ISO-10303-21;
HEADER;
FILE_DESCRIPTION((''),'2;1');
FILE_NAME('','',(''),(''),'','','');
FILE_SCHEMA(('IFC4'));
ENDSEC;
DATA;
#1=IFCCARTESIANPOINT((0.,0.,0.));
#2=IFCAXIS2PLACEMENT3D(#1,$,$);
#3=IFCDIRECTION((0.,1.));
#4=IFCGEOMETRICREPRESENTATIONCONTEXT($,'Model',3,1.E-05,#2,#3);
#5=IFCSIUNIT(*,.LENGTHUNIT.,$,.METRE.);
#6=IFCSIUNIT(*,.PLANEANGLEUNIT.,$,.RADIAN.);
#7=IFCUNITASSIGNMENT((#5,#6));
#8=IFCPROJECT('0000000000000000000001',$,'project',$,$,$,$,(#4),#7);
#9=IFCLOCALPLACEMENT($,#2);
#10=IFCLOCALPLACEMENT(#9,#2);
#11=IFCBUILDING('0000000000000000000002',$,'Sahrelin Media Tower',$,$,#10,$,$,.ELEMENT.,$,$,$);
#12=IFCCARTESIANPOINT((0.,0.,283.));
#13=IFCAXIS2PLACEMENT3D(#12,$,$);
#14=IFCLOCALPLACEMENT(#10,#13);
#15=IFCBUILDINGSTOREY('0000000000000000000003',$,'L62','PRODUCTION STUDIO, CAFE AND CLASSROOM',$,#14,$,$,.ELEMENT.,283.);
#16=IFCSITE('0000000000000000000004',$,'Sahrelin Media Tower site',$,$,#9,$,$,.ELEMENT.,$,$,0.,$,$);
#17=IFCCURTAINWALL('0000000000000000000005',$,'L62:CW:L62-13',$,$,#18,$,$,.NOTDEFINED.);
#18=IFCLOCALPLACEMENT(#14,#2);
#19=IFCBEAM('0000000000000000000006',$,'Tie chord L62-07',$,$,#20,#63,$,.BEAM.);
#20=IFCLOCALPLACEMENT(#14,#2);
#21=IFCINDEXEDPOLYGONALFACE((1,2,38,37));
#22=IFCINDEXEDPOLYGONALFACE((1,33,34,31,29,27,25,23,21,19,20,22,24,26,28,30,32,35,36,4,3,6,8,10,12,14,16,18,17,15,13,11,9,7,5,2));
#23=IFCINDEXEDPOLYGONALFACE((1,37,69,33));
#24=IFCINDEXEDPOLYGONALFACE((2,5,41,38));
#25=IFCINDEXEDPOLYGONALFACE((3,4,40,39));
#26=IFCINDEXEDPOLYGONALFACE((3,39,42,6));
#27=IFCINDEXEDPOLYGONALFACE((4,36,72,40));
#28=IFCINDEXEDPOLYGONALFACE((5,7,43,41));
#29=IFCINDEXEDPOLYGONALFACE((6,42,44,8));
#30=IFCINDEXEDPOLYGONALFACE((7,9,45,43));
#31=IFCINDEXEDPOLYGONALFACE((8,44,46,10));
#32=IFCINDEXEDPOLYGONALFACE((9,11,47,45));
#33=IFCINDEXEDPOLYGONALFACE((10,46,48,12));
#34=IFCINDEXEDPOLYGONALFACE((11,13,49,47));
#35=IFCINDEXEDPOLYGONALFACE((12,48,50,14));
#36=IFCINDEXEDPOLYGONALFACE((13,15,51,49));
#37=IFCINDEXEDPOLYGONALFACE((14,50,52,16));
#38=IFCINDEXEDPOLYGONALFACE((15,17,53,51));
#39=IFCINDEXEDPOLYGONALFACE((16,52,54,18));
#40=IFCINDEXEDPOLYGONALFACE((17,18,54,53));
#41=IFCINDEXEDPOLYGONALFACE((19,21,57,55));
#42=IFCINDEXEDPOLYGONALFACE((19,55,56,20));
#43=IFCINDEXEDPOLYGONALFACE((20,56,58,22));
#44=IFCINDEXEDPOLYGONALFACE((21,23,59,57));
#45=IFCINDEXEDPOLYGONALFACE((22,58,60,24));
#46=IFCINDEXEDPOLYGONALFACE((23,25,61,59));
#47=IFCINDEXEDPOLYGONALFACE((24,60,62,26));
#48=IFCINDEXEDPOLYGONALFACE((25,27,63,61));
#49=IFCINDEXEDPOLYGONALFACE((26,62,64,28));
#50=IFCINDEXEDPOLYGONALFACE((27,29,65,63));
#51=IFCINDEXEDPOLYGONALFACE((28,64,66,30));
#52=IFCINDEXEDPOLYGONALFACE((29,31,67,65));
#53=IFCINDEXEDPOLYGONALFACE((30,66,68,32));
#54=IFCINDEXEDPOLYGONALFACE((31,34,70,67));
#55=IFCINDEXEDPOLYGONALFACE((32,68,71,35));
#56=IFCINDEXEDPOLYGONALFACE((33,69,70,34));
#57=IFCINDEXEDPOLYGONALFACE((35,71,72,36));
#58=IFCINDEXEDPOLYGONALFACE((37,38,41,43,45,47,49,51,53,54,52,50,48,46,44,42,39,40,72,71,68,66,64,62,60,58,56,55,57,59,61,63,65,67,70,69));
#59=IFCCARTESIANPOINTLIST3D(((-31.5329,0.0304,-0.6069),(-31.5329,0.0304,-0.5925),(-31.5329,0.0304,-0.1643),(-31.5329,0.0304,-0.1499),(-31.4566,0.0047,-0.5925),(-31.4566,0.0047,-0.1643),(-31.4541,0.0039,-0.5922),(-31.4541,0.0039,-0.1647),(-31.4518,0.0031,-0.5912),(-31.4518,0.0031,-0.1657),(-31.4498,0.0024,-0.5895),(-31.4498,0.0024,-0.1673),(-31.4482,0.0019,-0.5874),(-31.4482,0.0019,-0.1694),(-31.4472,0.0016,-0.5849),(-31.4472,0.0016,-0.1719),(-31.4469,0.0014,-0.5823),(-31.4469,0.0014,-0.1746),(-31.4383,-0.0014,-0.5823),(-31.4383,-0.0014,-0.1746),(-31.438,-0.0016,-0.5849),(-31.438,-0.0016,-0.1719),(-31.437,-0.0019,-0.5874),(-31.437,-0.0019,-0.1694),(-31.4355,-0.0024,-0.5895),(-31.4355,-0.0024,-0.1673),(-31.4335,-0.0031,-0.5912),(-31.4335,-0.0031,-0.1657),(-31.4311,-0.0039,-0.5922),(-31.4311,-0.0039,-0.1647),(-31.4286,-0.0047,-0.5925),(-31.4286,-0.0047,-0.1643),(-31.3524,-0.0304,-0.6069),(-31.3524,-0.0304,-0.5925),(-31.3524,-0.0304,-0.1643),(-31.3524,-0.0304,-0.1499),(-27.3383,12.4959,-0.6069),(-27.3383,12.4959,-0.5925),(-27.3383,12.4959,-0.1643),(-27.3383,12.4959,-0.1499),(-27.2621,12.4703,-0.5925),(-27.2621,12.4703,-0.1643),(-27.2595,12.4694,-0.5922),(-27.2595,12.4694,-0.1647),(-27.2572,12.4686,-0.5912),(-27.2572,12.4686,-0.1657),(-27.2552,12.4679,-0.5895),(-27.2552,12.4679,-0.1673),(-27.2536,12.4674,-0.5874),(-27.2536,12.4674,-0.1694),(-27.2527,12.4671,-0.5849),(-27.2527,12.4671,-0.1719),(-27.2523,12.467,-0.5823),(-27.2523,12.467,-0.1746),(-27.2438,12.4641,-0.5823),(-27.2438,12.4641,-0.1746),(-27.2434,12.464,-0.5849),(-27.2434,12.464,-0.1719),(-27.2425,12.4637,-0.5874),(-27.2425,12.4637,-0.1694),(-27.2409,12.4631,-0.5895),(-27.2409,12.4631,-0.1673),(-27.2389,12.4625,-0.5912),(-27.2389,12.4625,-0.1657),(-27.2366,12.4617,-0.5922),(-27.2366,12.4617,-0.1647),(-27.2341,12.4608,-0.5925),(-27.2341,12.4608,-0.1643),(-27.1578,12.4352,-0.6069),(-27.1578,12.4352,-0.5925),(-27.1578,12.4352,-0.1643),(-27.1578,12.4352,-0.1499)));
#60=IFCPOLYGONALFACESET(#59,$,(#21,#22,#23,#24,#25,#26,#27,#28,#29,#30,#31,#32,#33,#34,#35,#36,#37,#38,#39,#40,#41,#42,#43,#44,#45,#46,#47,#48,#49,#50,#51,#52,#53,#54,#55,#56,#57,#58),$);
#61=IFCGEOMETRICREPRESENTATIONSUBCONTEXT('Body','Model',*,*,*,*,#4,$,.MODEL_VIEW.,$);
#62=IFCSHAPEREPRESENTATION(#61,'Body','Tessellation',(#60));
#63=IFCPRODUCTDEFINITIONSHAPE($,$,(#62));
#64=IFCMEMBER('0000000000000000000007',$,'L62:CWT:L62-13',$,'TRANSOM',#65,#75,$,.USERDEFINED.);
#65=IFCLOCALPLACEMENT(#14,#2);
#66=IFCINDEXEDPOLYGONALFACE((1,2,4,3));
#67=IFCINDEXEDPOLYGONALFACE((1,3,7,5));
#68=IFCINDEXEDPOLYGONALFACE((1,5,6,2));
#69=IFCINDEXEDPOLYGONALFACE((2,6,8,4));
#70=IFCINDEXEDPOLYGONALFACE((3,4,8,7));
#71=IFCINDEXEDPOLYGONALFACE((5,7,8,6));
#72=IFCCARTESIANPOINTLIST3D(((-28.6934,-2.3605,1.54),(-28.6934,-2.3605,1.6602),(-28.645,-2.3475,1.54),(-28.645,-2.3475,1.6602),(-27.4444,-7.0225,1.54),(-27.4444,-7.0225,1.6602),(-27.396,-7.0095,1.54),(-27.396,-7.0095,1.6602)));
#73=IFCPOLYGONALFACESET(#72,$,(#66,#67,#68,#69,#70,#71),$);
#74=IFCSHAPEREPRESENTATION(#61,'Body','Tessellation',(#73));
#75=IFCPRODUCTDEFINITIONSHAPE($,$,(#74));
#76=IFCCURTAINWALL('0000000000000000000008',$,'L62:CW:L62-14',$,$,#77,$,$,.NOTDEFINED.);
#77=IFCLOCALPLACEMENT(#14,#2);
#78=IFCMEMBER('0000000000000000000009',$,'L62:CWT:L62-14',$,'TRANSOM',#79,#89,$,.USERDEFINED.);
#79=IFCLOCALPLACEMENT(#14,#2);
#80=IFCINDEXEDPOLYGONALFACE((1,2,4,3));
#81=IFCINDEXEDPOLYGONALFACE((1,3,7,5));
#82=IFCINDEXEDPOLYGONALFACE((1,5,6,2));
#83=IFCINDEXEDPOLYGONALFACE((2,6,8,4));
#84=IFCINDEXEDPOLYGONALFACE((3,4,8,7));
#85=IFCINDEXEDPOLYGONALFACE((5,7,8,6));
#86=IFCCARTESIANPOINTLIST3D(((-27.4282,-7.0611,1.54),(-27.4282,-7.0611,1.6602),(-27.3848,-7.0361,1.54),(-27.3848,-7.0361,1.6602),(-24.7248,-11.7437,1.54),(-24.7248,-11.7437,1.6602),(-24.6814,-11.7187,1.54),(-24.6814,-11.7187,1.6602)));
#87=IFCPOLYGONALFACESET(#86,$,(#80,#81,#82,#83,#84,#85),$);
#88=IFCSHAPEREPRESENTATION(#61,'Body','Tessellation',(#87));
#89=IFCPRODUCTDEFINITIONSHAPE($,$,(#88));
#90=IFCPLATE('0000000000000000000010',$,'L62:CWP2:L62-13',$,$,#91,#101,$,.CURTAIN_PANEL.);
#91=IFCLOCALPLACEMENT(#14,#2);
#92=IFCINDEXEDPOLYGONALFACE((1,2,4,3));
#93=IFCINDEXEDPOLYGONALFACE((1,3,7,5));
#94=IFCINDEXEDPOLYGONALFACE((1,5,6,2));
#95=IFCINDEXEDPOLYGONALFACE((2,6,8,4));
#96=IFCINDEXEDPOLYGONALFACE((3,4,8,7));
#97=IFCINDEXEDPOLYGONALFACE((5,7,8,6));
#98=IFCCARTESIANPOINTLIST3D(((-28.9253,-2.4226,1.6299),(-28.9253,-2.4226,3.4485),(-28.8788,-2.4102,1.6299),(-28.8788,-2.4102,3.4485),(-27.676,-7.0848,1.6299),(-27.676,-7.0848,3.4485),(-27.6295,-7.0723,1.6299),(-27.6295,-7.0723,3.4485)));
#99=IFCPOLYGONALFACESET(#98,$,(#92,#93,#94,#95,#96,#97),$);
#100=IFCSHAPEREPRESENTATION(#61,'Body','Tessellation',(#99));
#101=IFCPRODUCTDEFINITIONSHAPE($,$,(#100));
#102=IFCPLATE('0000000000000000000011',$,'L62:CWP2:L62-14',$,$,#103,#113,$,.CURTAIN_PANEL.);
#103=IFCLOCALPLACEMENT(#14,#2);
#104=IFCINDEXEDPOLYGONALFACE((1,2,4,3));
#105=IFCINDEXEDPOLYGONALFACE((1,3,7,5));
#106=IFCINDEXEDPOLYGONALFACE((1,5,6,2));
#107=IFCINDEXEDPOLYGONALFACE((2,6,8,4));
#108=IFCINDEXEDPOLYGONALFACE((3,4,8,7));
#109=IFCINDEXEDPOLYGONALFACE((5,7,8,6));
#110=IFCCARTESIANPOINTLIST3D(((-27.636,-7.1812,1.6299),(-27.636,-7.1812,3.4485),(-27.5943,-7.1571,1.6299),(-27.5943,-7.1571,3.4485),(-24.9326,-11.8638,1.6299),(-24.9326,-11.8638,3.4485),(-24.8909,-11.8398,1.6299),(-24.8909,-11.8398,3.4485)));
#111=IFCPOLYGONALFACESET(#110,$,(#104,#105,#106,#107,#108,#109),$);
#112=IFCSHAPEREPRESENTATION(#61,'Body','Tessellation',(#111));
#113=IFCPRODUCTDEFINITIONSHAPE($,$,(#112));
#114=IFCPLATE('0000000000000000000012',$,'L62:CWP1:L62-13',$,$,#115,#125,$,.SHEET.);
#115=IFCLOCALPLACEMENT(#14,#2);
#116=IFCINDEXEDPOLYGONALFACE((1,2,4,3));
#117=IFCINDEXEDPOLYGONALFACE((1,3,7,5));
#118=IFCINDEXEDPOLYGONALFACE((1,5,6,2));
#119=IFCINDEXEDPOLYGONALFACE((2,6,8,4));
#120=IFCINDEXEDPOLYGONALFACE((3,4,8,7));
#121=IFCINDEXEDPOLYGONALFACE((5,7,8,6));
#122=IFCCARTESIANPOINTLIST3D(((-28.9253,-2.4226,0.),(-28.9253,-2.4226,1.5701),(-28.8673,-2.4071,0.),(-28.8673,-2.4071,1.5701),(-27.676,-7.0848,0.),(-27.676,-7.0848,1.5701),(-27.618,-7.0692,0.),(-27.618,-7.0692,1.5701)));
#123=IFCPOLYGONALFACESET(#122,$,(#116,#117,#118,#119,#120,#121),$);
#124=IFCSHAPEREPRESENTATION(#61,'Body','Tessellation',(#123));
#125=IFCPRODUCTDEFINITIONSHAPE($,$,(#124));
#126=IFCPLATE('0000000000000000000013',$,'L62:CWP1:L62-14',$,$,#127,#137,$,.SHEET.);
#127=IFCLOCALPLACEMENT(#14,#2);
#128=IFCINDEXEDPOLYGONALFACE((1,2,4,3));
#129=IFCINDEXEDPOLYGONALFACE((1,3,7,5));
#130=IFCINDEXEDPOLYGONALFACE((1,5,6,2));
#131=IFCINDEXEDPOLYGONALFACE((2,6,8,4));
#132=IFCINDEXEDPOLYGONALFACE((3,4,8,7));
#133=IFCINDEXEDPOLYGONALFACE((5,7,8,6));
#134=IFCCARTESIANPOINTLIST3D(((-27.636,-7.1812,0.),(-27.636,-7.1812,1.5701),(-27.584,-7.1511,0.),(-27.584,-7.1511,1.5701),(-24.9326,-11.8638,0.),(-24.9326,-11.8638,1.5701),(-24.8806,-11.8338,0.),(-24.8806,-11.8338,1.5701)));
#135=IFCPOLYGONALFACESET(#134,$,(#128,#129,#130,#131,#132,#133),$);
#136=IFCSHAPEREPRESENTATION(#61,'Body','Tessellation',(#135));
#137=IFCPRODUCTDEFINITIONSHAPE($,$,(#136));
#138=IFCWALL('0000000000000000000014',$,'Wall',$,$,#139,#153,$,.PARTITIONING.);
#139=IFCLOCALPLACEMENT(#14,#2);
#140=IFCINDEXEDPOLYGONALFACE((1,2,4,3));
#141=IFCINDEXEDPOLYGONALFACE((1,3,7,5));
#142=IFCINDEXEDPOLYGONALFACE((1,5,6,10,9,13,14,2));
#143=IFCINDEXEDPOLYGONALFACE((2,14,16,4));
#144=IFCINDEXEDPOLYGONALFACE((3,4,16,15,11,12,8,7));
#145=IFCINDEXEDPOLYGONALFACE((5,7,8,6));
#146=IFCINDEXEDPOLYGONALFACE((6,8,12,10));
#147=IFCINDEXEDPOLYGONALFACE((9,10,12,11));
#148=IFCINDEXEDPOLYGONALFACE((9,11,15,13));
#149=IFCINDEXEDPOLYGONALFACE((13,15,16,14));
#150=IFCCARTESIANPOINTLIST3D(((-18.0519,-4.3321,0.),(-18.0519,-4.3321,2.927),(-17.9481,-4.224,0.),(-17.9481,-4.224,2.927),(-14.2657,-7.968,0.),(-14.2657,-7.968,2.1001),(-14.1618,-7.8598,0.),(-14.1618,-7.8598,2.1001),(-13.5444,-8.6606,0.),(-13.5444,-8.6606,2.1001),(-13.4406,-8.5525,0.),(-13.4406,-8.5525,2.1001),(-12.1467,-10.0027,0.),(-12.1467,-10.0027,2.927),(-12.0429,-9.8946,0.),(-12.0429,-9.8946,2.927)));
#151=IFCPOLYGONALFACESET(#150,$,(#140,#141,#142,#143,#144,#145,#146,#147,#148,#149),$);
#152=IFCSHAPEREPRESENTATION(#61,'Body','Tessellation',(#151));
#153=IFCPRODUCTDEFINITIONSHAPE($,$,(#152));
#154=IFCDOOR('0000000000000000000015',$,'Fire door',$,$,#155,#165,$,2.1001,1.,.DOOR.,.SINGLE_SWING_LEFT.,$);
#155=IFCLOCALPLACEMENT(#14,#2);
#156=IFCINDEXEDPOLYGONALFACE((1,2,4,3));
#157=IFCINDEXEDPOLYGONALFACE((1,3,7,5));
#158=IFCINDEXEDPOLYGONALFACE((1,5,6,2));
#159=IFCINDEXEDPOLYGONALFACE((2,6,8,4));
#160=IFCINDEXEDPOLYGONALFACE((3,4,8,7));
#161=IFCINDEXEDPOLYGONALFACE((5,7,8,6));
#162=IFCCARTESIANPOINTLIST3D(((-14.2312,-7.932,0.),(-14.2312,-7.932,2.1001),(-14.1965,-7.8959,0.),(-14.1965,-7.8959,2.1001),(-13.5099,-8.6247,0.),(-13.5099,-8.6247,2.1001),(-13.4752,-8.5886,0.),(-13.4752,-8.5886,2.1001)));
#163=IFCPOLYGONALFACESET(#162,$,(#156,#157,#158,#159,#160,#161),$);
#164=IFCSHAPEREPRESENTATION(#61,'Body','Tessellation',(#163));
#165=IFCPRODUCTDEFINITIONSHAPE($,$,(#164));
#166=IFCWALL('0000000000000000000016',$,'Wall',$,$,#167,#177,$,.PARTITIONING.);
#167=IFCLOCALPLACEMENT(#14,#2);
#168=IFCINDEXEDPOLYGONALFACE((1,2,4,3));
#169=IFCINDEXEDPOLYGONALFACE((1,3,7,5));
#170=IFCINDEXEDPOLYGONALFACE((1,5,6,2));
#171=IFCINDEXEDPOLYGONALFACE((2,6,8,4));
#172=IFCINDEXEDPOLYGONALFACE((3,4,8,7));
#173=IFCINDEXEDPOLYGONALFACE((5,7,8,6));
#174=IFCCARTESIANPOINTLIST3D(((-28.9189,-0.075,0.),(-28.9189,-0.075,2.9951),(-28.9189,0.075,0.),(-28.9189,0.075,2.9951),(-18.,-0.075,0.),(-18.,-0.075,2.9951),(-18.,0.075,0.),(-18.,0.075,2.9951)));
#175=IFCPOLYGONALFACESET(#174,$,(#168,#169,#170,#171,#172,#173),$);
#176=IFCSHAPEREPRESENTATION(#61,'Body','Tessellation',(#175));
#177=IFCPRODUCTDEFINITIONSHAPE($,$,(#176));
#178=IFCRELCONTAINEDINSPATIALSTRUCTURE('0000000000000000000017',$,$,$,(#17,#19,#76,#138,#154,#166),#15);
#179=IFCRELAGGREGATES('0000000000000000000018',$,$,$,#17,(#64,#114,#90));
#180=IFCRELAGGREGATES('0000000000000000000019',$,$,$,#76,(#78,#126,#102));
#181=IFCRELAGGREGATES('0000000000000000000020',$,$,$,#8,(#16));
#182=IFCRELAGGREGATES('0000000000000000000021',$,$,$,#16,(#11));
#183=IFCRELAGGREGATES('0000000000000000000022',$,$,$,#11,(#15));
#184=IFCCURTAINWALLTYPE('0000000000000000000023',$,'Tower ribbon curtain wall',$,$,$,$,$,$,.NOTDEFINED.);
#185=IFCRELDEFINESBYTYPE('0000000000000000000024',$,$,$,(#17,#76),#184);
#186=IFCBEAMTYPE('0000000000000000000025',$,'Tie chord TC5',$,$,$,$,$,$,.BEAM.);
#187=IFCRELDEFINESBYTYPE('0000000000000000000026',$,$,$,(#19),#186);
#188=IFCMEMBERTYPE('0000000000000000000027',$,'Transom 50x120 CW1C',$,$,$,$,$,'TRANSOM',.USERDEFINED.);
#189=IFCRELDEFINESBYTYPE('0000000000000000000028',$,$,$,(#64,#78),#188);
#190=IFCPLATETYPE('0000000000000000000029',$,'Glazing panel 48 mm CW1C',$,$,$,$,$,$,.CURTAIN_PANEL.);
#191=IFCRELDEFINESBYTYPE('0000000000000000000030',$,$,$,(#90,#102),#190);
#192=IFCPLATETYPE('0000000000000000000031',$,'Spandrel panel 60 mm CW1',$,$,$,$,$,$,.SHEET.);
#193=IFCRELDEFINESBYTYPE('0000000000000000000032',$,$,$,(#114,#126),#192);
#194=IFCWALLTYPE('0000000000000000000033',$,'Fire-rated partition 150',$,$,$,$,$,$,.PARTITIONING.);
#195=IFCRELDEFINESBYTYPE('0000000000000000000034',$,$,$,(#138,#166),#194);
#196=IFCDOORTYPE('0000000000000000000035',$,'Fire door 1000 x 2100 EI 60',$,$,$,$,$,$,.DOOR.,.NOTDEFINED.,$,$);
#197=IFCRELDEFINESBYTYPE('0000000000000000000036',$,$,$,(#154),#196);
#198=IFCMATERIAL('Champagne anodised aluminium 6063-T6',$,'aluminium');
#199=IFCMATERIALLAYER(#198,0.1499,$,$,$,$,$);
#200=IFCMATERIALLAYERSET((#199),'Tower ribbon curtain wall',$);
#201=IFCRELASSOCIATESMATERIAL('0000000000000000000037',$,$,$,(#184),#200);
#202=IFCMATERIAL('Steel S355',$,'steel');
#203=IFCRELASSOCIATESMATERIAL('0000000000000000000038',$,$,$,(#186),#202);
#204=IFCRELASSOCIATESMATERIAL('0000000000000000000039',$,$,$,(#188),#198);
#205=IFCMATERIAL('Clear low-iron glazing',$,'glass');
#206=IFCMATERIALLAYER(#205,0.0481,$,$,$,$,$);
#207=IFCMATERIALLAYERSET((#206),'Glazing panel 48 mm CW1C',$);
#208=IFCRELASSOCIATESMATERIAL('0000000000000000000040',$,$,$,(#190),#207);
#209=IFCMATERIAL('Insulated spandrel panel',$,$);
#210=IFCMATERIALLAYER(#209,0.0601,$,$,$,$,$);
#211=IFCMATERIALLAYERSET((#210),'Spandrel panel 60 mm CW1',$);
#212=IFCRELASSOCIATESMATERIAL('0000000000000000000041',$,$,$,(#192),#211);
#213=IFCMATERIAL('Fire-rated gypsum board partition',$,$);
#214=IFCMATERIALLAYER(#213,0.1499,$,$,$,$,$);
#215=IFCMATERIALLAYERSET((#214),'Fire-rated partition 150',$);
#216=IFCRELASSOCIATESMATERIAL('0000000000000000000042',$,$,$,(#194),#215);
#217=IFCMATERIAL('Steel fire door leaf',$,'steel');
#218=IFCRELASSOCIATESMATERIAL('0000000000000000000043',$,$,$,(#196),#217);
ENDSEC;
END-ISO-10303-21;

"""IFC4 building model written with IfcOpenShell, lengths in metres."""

from ifc_helpers import new_model, si_unit, direction, frame, frame_2d, origin, origin_2d, place, context, subcontext, project, spatial, polyline, rectangle, i_section, outline, extrude, material, layer, layer_set, material_profile, profile_set, type_object, element, fill, aggregate, save


model = new_model("IFC4")

# Units and contexts
model_context = context("Model", 3, precision=1e-05, world=origin(), true_north=direction((0.0, 1.0)))
body_context = subcontext(model_context, "Body", "Model", "MODEL_VIEW")
ifc_project = project(units=[si_unit("LENGTHUNIT", "METRE"), si_unit("PLANEANGLEUNIT", "RADIAN")], contexts=[model_context])

# Site, building, storey
site_placement = place(None, origin())
site = spatial("IfcSite", under=ifc_project, at=site_placement, Name="Sahrelin Media Tower site", CompositionType="ELEMENT", RefElevation=0.0)
building_placement = place(site_placement, origin())
building = spatial("IfcBuilding", under=site, at=building_placement, Name="Sahrelin Media Tower", CompositionType="ELEMENT")
storey_placement = place(building_placement, frame((0.0, 0.0, 283.0)))
storey = spatial("IfcBuildingStorey", under=building, at=storey_placement, Name="L62", Description="PRODUCTION STUDIO, CAFE AND CLASSROOM", CompositionType="ELEMENT", Elevation=283.0)

# Shared definitions
ifc_material_1 = material(Name="Steel S355", Category="steel")

# Curtain wall
ifc_material_2 = material(Name="Champagne anodised aluminium 6063-T6", Category="aluminium")
ifc_layer_1 = layer(ifc_material_2, 0.1499)
ifc_layer_set_1 = layer_set([ifc_layer_1], Name="Tower ribbon curtain wall")
curtain_wall_type = type_object("IfcCurtainWallType", Name="Tower ribbon curtain wall", PredefinedType="NOTDEFINED", material=ifc_layer_set_1)
curtain_wall_1_placement = place(storey_placement, frame((-28.2812, -4.7485, 0.0), z_axis=(0.0, 0.0, 1.0), x_axis=(1.0, 0.0, 0.0)))
curtain_wall_1 = element("IfcCurtainWall", 1, at=curtain_wall_1_placement, inside=storey, type_object=curtain_wall_type, Name="L62:CW:L62-13", PredefinedType="NOTDEFINED")

# Beam
ifc_material_profile_1 = material_profile(ifc_material_1, i_section(OverallWidth=0.1904, OverallDepth=0.457, WebThickness=0.009, FlangeThickness=0.0144, FilletRadius=0.0103, at=origin_2d()), Name="UB 457x191x74")
ifc_profile_set_1 = profile_set([ifc_material_profile_1], Name="Steel S355")
beam_type_1 = type_object("IfcBeamType", Name="Tie chord TC5", PredefinedType="BEAM", material=ifc_profile_set_1)
beam_1_placement = place(storey_placement, frame((-31.4426, 0.0, -0.3784), z_axis=(0.318922, 0.947781, 0.0), x_axis=(-0.947781, 0.318922, 0.0)))
element("IfcBeam", 2, at=beam_1_placement, inside=storey, type_object=beam_type_1, Name="Tie chord L62-07", PredefinedType="BEAM", context=body_context, shape_type="SweptSolid", body=[
    extrude(i_section(OverallWidth=0.1904, OverallDepth=0.457, WebThickness=0.009, FlangeThickness=0.0144, FilletRadius=0.0103, at=origin_2d()), origin(), (0.0, 0.0, 1.0), 13.1523),
])

# Member
ifc_material_profile_2 = material_profile(ifc_material_2, rectangle(XDim=0.05, YDim=0.1201, at=origin_2d()), Name="Transom 50x120")
ifc_profile_set_2 = profile_set([ifc_material_profile_2], Name="Champagne anodised aluminium 6063-T6")
member_type_1 = type_object("IfcMemberType", Name="Transom 50x120 CW1C", ElementType="TRANSOM", PredefinedType="USERDEFINED", material=ifc_profile_set_2)
member_1_placement = place(storey_placement, frame((-28.6692, -2.354, 1.6001), z_axis=(0.258783, -0.965935, 0.0), x_axis=(0.965935, 0.258783, 0.0)))
member_1 = element("IfcMember", 3, at=member_1_placement, type_object=member_type_1, Name="L62:CWT:L62-13", ObjectType="TRANSOM", PredefinedType="USERDEFINED", context=body_context, shape_type="SweptSolid", body=[
    extrude(rectangle(XDim=0.05, YDim=0.1201, at=origin_2d()), origin(), (0.0, 0.0, 1.0), 4.8264),
])

# Curtain wall, member
curtain_wall_2_placement = place(storey_placement, frame((-26.2671, -9.5125, 0.0), z_axis=(0.0, 0.0, 1.0), x_axis=(1.0, 0.0, 0.0)))
curtain_wall_2 = element("IfcCurtainWall", 4, at=curtain_wall_2_placement, inside=storey, type_object=curtain_wall_type, Name="L62:CW:L62-14", PredefinedType="NOTDEFINED")
member_2_placement = place(storey_placement, frame((-27.4065, -7.0486, 1.6001), z_axis=(0.49998, -0.866037, 0.0), x_axis=(0.866037, 0.49998, 0.0)))
member_2 = element("IfcMember", 5, at=member_2_placement, type_object=member_type_1, Name="L62:CWT:L62-14", ObjectType="TRANSOM", PredefinedType="USERDEFINED", context=body_context, shape_type="SweptSolid", body=[
    extrude(rectangle(XDim=0.05, YDim=0.1201, at=origin_2d()), origin(), (0.0, 0.0, 1.0), 5.407),
])

# Plates
ifc_material_3 = material(Name="Clear low-iron glazing", Category="glass")
ifc_layer_2 = layer(ifc_material_3, 0.0481)
ifc_layer_set_2 = layer_set([ifc_layer_2], Name="Glazing panel 48 mm CW1C")
plate_type_1 = type_object("IfcPlateType", Name="Glazing panel 48 mm CW1C", PredefinedType="CURTAIN_PANEL", material=ifc_layer_set_2)
plate_1_placement = place(storey_placement, frame((-28.9253, -2.4226, 1.6299), z_axis=(-0.965923, -0.25883, 0.0), x_axis=(0.25883, -0.965923, 0.0)))
plate_1 = element("IfcPlate", 6, at=plate_1_placement, type_object=plate_type_1, Name="L62:CWP2:L62-13", PredefinedType="CURTAIN_PANEL", context=body_context, shape_type="SweptSolid", body=[
    extrude(outline(polyline([(0.0, 0.0), (4.8267, 0.0), (4.8267, 1.8186), (0.0, 1.8186), (0.0, 0.0)])), origin(), (0.0, 0.0, -1.0), 0.0481),
])
plate_2_placement = place(storey_placement, frame((-27.636, -7.1812, 1.6299), z_axis=(-0.866037, -0.49998, 0.0), x_axis=(0.49998, -0.866037, 0.0)))
plate_2 = element("IfcPlate", 7, at=plate_2_placement, type_object=plate_type_1, Name="L62:CWP2:L62-14", PredefinedType="CURTAIN_PANEL", context=body_context, shape_type="SweptSolid", body=[
    extrude(outline(polyline([(0.0, 0.0), (5.407, 0.0), (5.407, 1.8186), (0.0, 1.8186), (0.0, 0.0)])), origin(), (0.0, 0.0, -1.0), 0.0481),
])
ifc_material_4 = material(Name="Insulated spandrel panel")
ifc_layer_3 = layer(ifc_material_4, 0.0601)
ifc_layer_set_3 = layer_set([ifc_layer_3], Name="Spandrel panel 60 mm CW1")
plate_type_2 = type_object("IfcPlateType", Name="Spandrel panel 60 mm CW1", PredefinedType="SHEET", material=ifc_layer_set_3)
plate_3_placement = place(storey_placement, frame((-28.9253, -2.4226, 0.0), z_axis=(-0.965923, -0.25883, 0.0), x_axis=(0.25883, -0.965923, 0.0)))
plate_3 = element("IfcPlate", 8, at=plate_3_placement, type_object=plate_type_2, Name="L62:CWP1:L62-13", PredefinedType="SHEET", context=body_context, shape_type="SweptSolid", body=[
    extrude(outline(polyline([(0.0, 0.0), (4.8267, 0.0), (4.8267, 1.5701), (0.0, 1.5701), (0.0, 0.0)])), origin(), (0.0, 0.0, -1.0), 0.0601),
])
aggregate(curtain_wall_1, [member_1, plate_3, plate_1])
plate_4_placement = place(storey_placement, frame((-27.636, -7.1812, 0.0), z_axis=(-0.866037, -0.49998, 0.0), x_axis=(0.49998, -0.866037, 0.0)))
plate_4 = element("IfcPlate", 9, at=plate_4_placement, type_object=plate_type_2, Name="L62:CWP1:L62-14", PredefinedType="SHEET", context=body_context, shape_type="SweptSolid", body=[
    extrude(outline(polyline([(0.0, 0.0), (5.407, 0.0), (5.407, 1.5701), (0.0, 1.5701), (0.0, 0.0)])), origin(), (0.0, 0.0, -1.0), 0.0601),
])
aggregate(curtain_wall_2, [member_2, plate_4, plate_2])

# Wall, opening, door
ifc_material_5 = material(Name="Fire-rated gypsum board partition")
ifc_layer_4 = layer(ifc_material_5, 0.1499)
ifc_layer_set_4 = layer_set([ifc_layer_4], Name="Fire-rated partition 150")
wall_type_1 = type_object("IfcWallType", Name="Fire-rated partition 150", PredefinedType="PARTITIONING", material=ifc_layer_set_4)
wall_1_placement = place(storey_placement, frame((-18.0, -4.2781, 0.0), z_axis=(0.0, 0.0, 1.0), x_axis=(0.72129, -0.692633, 0.0)))
wall_1 = element("IfcWall", 10, at=wall_1_placement, inside=storey, type_object=wall_type_1, Name="Wall", PredefinedType="PARTITIONING", context=body_context, shape_type="SweptSolid", body=[
    extrude(rectangle(XDim=8.187, YDim=0.1499, at=frame_2d((4.0935, 0.0))), origin(), (0.0, 0.0, 1.0), 2.927),
])
opening_1_placement = place(wall_1_placement, frame((5.2493, 0.0, 0.0)))
opening_1 = element("IfcOpeningElement", 11, at=opening_1_placement, cuts=wall_1, PredefinedType="OPENING", context=body_context, shape_type="SweptSolid", body=[
    extrude(rectangle(XDim=1.0, YDim=2.1001, at=frame_2d((0.5, 1.05))), frame((0.0, 0.075, 0.0), z_axis=(0.0, -1.0, 0.0), x_axis=(1.0, 0.0, 0.0)), (0.0, 0.0, 1.0), 0.1499),
])
ifc_material_6 = material(Name="Steel fire door leaf", Category="steel")
door_type_1 = type_object("IfcDoorType", Name="Fire door 1000 x 2100 EI 60", OperationType="NOTDEFINED", PredefinedType="DOOR", material=ifc_material_6)
door_1_placement = place(opening_1_placement, origin())
door_1 = element("IfcDoor", 12, at=door_1_placement, inside=storey, type_object=door_type_1, Name="Fire door", OperationType="SINGLE_SWING_LEFT", OverallHeight=2.1001, OverallWidth=1.0, PredefinedType="DOOR", context=body_context, shape_type="SweptSolid", body=[
    extrude(rectangle(XDim=1.0, YDim=2.1001, at=frame_2d((0.5, 1.05))), frame((0.0, 0.0249, 0.0), z_axis=(0.0, -1.0, 0.0), x_axis=(1.0, 0.0, 0.0)), (0.0, 0.0, 1.0), 0.05),
])
fill(opening_1, door_1)

# Wall
wall_2_placement = place(storey_placement, frame((-28.9189, 0.0, 0.0), z_axis=(0.0, 0.0, 1.0), x_axis=(1.0, 0.0, 0.0)))
element("IfcWall", 13, at=wall_2_placement, inside=storey, type_object=wall_type_1, Name="Wall", PredefinedType="PARTITIONING", context=body_context, shape_type="SweptSolid", body=[
    extrude(rectangle(XDim=10.9189, YDim=0.1499, at=frame_2d((5.4595, 0.0))), origin(), (0.0, 0.0, 1.0), 2.9951),
])

save(model, "model.ifc")
